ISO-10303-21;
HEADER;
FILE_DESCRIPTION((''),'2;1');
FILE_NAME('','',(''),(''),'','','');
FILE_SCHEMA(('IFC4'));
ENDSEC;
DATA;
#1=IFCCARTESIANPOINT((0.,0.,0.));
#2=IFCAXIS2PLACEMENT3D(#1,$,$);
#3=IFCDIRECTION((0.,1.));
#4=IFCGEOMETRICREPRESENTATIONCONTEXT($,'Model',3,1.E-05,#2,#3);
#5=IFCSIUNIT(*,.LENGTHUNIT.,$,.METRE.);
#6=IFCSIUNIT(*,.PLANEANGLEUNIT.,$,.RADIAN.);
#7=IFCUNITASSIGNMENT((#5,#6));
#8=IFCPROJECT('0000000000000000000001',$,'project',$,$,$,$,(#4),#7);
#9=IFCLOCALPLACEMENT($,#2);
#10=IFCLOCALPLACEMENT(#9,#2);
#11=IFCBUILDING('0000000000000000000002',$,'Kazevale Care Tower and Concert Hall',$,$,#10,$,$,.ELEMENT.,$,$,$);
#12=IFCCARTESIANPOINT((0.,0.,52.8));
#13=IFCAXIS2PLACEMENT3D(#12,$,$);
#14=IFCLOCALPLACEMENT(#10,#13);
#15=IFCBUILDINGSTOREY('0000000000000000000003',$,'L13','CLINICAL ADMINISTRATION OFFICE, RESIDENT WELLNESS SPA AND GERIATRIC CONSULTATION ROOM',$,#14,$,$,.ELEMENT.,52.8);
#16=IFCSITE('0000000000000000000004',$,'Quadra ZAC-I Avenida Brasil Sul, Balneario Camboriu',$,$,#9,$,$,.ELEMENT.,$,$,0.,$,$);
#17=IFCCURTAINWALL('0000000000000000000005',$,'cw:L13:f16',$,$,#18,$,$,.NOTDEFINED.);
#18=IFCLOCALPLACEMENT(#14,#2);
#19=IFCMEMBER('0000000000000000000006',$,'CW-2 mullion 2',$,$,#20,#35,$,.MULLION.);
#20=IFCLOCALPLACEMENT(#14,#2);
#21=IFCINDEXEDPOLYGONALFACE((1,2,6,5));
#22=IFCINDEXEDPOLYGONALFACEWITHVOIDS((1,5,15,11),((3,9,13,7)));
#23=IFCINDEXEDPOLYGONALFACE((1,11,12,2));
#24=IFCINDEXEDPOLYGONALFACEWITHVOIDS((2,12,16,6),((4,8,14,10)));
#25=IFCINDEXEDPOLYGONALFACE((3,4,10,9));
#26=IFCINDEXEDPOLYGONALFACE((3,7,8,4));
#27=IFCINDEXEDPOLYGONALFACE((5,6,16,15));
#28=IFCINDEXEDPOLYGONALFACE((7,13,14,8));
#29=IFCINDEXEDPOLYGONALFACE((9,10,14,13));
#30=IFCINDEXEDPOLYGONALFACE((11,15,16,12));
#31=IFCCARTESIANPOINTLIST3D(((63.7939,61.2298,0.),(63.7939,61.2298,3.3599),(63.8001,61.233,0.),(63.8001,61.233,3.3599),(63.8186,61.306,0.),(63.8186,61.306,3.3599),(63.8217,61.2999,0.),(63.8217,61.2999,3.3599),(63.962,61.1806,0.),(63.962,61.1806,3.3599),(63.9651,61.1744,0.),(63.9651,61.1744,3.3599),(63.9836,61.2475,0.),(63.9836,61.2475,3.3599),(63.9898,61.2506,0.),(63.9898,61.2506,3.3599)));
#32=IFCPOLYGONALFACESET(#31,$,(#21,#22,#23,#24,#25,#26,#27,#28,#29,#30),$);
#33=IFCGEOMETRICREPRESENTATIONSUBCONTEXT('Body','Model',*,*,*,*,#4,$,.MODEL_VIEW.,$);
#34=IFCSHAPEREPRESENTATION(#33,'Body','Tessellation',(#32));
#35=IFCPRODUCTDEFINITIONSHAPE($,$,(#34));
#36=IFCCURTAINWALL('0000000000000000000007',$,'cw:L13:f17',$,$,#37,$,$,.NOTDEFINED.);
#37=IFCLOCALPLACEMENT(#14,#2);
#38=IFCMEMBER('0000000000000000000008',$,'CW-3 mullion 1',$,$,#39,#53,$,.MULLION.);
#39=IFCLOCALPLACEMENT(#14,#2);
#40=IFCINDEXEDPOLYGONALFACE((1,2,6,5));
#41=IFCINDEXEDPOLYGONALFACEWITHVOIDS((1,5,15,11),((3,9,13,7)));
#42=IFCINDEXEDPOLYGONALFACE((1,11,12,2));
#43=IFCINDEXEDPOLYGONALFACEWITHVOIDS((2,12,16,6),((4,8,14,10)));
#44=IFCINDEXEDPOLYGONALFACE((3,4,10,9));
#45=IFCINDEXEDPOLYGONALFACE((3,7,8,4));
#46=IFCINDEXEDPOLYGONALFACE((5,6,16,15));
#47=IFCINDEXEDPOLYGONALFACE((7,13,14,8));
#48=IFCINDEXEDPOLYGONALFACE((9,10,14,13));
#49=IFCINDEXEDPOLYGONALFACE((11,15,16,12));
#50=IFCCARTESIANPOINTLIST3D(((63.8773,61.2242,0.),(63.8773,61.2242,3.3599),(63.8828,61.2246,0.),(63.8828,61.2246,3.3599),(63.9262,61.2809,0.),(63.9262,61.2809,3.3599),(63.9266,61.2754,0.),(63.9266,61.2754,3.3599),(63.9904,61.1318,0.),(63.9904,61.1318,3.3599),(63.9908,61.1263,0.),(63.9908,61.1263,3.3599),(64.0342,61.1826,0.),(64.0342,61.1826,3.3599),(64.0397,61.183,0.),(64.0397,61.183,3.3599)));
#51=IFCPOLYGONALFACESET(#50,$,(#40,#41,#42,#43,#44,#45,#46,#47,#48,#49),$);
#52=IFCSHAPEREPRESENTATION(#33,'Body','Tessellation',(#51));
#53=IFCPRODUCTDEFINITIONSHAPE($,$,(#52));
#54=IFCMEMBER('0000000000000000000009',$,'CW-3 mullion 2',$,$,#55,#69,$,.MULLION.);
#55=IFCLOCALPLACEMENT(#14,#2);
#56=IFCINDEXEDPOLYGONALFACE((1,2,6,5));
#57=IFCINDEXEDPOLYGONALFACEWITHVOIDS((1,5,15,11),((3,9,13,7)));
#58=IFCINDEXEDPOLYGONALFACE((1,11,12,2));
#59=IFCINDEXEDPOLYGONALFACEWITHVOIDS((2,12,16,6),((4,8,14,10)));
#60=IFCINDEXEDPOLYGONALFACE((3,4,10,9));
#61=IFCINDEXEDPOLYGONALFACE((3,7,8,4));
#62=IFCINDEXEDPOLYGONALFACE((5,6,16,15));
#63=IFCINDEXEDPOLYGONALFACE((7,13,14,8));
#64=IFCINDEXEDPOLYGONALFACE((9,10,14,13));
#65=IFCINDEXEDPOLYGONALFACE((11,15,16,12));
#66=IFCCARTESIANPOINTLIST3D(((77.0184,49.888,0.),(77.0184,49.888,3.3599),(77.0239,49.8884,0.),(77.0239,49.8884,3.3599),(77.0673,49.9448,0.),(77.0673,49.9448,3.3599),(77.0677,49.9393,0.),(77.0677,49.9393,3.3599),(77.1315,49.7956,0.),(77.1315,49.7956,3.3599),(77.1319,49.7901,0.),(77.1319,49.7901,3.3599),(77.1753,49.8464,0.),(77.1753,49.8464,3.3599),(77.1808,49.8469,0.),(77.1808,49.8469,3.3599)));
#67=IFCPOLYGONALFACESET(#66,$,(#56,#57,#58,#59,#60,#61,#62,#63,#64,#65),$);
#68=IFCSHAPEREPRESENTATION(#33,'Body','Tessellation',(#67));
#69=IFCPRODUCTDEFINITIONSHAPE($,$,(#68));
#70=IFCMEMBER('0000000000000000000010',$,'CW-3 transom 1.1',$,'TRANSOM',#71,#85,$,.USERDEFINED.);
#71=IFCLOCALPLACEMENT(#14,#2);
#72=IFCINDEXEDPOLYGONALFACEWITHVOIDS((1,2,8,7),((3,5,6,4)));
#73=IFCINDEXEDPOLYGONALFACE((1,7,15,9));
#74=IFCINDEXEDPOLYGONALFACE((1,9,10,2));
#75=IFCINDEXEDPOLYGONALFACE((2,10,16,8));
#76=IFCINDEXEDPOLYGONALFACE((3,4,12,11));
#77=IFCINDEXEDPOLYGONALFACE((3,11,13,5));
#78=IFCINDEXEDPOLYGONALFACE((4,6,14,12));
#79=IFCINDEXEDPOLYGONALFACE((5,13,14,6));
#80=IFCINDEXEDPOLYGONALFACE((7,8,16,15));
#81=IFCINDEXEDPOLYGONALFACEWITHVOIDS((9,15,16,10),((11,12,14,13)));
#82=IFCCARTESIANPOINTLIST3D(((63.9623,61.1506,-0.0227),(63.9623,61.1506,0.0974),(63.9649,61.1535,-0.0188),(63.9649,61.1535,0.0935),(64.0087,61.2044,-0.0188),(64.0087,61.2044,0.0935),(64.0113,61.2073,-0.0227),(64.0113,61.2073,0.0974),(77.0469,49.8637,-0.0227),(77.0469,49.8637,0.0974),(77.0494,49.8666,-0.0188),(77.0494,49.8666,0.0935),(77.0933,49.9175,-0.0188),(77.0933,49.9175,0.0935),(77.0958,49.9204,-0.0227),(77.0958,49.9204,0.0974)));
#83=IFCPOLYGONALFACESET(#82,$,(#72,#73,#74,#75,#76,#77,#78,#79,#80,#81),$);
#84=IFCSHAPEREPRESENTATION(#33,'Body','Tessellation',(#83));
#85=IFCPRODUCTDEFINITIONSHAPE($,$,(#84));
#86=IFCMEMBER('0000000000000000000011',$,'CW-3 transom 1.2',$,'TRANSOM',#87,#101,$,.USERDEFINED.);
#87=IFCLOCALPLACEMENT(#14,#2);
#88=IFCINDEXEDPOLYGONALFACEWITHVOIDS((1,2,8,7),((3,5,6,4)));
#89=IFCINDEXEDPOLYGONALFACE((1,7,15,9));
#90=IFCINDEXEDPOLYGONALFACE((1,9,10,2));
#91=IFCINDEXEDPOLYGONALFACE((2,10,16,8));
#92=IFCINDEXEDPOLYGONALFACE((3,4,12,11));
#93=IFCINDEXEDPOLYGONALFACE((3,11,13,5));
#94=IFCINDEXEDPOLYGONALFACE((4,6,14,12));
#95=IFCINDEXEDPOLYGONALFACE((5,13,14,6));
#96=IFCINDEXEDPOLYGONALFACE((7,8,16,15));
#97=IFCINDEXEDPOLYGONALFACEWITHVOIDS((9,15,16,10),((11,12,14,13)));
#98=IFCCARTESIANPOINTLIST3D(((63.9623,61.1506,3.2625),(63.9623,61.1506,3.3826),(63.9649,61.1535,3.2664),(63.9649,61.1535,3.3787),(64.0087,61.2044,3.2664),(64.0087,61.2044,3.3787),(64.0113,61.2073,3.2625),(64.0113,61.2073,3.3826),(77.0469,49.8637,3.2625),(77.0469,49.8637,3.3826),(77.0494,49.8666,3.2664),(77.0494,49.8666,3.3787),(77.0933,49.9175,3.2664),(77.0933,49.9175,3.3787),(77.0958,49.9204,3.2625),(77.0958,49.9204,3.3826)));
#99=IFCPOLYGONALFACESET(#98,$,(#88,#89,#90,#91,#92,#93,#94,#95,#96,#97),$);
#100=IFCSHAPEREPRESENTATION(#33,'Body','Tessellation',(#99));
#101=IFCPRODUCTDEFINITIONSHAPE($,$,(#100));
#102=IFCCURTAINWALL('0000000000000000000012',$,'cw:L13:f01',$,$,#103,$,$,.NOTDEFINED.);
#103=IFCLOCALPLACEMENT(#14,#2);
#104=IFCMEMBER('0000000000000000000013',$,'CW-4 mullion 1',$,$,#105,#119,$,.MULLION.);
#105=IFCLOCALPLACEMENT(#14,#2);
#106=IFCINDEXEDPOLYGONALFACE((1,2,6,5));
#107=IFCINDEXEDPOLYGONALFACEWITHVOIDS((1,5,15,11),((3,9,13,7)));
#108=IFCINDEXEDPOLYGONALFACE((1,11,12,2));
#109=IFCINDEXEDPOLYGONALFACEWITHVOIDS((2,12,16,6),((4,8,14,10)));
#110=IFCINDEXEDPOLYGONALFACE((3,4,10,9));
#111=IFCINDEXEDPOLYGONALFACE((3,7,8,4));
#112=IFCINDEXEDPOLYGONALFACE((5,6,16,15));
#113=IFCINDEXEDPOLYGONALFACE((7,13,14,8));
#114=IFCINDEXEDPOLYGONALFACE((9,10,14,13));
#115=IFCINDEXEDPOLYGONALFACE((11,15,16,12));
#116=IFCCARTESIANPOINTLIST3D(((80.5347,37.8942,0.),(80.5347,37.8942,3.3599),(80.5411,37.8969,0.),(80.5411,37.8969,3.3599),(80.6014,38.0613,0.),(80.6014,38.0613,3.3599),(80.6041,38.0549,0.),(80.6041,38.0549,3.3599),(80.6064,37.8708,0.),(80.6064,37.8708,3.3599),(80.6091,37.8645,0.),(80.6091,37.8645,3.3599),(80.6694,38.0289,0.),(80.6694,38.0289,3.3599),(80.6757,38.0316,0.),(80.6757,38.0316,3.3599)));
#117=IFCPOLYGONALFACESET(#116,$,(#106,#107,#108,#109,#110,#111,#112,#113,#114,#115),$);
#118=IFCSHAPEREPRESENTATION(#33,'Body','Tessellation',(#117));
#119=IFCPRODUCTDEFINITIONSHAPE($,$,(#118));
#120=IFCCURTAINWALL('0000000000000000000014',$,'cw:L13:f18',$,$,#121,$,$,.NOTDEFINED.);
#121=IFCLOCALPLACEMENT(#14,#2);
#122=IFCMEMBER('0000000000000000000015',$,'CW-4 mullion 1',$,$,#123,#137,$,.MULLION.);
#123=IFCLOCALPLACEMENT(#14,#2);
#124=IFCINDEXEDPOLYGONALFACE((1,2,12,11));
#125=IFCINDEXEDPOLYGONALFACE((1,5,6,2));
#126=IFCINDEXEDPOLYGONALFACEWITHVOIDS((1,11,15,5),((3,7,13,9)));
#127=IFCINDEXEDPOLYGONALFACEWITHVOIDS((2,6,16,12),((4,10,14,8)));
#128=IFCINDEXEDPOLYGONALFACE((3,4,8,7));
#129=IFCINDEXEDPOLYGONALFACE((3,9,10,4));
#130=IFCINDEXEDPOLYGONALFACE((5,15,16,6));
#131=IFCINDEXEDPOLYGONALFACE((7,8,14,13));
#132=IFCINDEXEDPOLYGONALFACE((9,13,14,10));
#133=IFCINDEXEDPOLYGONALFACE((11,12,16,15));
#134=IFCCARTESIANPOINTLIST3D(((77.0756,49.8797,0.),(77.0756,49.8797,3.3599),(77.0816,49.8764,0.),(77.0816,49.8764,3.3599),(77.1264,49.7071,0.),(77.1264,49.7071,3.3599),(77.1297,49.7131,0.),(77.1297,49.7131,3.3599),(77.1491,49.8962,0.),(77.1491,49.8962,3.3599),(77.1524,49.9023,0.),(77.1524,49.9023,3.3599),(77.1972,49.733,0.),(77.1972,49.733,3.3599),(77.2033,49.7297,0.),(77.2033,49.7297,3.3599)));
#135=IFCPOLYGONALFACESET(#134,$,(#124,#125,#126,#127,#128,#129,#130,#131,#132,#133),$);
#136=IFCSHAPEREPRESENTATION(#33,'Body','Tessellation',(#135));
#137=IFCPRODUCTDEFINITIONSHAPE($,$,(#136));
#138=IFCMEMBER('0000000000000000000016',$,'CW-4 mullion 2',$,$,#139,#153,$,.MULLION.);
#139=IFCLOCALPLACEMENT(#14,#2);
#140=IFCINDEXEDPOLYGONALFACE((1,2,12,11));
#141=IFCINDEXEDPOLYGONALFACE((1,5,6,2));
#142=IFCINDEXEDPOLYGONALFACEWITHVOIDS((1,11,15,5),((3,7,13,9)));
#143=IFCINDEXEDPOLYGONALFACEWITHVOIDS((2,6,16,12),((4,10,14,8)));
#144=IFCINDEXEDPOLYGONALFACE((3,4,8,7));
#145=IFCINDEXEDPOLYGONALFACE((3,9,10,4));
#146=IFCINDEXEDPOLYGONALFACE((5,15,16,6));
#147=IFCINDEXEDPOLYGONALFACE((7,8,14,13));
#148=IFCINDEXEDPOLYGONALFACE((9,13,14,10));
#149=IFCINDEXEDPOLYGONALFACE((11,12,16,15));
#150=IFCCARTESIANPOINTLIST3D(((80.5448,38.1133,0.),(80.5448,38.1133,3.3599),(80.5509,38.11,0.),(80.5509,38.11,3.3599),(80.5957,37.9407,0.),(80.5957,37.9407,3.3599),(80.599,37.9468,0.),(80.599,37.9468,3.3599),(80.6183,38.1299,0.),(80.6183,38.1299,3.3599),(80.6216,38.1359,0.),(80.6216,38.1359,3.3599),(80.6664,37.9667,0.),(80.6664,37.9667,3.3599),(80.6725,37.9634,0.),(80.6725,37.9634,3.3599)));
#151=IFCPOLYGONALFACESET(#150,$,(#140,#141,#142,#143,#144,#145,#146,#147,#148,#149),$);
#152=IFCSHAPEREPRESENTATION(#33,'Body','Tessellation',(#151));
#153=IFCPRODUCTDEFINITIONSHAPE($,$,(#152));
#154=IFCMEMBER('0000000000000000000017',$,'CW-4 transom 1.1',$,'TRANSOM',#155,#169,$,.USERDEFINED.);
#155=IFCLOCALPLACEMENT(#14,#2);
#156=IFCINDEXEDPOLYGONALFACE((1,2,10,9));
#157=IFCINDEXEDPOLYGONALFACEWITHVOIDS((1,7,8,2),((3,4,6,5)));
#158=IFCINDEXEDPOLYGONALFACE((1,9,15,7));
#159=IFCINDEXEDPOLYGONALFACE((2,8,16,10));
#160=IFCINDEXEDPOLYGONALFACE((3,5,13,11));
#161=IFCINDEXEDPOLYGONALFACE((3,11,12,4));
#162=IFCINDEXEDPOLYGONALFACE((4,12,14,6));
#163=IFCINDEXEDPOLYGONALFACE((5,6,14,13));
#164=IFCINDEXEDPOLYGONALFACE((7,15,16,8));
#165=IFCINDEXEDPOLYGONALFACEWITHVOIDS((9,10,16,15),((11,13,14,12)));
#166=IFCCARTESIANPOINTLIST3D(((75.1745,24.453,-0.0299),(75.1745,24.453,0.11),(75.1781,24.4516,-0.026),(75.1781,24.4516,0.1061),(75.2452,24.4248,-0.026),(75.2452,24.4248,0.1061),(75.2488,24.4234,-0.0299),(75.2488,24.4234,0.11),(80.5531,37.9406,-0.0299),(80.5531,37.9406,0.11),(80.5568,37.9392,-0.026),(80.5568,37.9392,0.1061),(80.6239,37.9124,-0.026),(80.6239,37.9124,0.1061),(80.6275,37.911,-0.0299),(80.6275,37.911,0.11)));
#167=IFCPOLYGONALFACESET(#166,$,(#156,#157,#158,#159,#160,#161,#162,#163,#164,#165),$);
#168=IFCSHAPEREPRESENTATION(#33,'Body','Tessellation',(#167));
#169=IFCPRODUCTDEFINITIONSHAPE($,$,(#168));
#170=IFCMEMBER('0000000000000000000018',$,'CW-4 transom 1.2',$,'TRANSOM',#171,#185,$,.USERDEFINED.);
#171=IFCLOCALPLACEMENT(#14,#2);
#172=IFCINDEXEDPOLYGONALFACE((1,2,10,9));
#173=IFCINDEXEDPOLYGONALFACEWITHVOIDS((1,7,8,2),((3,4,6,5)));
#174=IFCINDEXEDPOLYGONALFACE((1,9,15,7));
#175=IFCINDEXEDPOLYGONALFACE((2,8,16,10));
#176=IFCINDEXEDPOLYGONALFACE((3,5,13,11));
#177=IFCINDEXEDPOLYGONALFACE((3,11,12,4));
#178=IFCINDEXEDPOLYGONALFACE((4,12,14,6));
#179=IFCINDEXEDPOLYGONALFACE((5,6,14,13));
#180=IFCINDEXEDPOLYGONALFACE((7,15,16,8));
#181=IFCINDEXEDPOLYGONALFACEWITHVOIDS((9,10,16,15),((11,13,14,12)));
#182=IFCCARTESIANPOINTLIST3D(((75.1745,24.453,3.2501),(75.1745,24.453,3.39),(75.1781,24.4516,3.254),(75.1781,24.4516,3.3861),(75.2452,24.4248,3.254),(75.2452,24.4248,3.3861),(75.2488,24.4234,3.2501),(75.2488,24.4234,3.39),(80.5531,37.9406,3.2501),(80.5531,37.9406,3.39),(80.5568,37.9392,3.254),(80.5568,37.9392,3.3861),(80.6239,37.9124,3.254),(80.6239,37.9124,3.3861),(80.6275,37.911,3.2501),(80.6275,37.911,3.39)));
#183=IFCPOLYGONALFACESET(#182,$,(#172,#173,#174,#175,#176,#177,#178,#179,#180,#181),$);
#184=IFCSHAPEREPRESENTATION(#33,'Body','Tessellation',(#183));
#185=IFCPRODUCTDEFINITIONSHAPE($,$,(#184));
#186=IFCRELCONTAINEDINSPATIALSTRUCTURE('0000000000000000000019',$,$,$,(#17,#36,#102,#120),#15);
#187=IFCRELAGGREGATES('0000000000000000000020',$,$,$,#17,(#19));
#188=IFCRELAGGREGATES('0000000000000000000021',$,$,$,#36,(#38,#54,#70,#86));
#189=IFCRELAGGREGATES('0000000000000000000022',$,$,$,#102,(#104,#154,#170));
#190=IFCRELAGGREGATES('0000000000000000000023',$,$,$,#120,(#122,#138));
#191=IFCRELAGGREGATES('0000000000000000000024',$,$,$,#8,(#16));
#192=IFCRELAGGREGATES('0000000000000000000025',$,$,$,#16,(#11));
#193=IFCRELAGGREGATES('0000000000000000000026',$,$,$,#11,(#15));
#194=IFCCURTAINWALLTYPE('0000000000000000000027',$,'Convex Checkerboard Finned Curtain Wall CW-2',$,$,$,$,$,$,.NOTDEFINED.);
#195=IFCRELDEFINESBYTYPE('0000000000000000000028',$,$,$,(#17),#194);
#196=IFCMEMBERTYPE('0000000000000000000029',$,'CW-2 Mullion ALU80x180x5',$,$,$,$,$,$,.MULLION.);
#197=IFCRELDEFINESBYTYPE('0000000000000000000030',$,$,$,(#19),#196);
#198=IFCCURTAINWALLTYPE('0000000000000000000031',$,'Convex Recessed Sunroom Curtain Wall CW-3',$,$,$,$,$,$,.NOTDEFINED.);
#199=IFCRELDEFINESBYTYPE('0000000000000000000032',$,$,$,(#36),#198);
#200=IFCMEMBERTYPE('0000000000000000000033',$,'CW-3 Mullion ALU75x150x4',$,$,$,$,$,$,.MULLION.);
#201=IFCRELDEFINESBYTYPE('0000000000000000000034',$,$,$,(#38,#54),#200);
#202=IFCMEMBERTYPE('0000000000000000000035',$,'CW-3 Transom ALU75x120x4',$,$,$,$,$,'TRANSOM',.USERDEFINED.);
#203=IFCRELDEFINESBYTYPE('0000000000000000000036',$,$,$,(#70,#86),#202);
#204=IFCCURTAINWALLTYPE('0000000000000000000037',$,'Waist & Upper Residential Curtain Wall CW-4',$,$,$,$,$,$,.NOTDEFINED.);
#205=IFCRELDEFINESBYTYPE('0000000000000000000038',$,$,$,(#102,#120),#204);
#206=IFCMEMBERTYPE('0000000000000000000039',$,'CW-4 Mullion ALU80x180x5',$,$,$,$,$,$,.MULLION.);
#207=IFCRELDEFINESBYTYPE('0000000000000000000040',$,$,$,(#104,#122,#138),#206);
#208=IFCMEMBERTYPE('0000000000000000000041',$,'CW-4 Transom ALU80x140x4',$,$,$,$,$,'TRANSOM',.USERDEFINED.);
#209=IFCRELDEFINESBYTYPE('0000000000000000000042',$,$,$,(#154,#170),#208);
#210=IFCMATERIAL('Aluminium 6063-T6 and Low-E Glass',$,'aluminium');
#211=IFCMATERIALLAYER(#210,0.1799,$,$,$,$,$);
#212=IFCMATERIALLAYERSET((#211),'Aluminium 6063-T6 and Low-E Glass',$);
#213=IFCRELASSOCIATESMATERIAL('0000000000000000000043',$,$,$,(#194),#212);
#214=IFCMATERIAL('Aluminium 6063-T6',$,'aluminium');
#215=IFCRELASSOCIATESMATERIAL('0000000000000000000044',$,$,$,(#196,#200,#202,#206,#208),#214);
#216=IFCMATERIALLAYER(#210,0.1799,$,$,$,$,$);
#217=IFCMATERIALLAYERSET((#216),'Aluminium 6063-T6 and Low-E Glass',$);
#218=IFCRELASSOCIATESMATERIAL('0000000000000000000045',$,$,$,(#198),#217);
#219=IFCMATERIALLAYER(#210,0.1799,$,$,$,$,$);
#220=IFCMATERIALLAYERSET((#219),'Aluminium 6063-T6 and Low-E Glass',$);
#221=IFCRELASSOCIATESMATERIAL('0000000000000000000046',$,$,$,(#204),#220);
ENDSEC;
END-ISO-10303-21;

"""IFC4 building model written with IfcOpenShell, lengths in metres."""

from ifc_helpers import new_model, si_unit, direction, frame, origin, origin_2d, place, context, subcontext, project, spatial, hollow_rectangle, extrude, material, layer, layer_set, material_profile, profile_set, type_object, element, aggregate, save


model = new_model("IFC4")

# Units and contexts
model_context = context("Model", 3, precision=1e-05, world=origin(), true_north=direction((0.0, 1.0)))
body_context = subcontext(model_context, "Body", "Model", "MODEL_VIEW")
ifc_project = project(units=[si_unit("LENGTHUNIT", "METRE"), si_unit("PLANEANGLEUNIT", "RADIAN")], contexts=[model_context])

# Site, building, storey
site_placement = place(None, origin())
site = spatial("IfcSite", under=ifc_project, at=site_placement, Name="Quadra ZAC-I Avenida Brasil Sul, Balneario Camboriu", CompositionType="ELEMENT", RefElevation=0.0)
building_placement = place(site_placement, origin())
building = spatial("IfcBuilding", under=site, at=building_placement, Name="Kazevale Care Tower and Concert Hall", CompositionType="ELEMENT")
storey_placement = place(building_placement, frame((0.0, 0.0, 52.8)))
storey = spatial("IfcBuildingStorey", under=building, at=storey_placement, Name="L13", Description="CLINICAL ADMINISTRATION OFFICE, RESIDENT WELLNESS SPA AND GERIATRIC CONSULTATION ROOM", CompositionType="ELEMENT", Elevation=52.8)

# Curtain wall, member
ifc_material_1 = material(Name="Aluminium 6063-T6 and Low-E Glass", Category="aluminium")
ifc_layer_1 = layer(ifc_material_1, 0.1799)
ifc_layer_set_1 = layer_set([ifc_layer_1], Name="Aluminium 6063-T6 and Low-E Glass")
curtain_wall_type_1 = type_object("IfcCurtainWallType", Name="Convex Checkerboard Finned Curtain Wall CW-2", PredefinedType="NOTDEFINED", material=ifc_layer_set_1)
curtain_wall_1_placement = place(storey_placement, origin())
curtain_wall_1 = element("IfcCurtainWall", 1, at=curtain_wall_1_placement, inside=storey, type_object=curtain_wall_type_1, Name="cw:L13:f16", PredefinedType="NOTDEFINED")
ifc_material_2 = material(Name="Aluminium 6063-T6", Category="aluminium")
ifc_material_profile_1 = material_profile(ifc_material_2, hollow_rectangle(XDim=0.0801, YDim=0.1799, WallThickness=0.0049, at=origin_2d()), Name="ALU80x180x5")
ifc_profile_set_1 = profile_set([ifc_material_profile_1], Name="Aluminium 6063-T6")
member_type_1 = type_object("IfcMemberType", Name="CW-2 Mullion ALU80x180x5", PredefinedType="MULLION", material=ifc_profile_set_1)
member_1_placement = place(storey_placement, frame((63.8918, 61.2402, 0.0), z_axis=(0.0, 0.0, 1.0), x_axis=(0.307926, 0.95141, 0.0)))
member_1 = element("IfcMember", 2, at=member_1_placement, type_object=member_type_1, Name="CW-2 mullion 2", PredefinedType="MULLION", context=body_context, shape_type="SweptSolid", body=[
    extrude(hollow_rectangle(XDim=0.0801, YDim=0.1799, WallThickness=0.0049, at=origin_2d()), origin(), (0.0, 0.0, 1.0), 3.3599),
])

# Curtain wall, members
ifc_layer_2 = layer(ifc_material_1, 0.1799)
ifc_layer_set_2 = layer_set([ifc_layer_2], Name="Aluminium 6063-T6 and Low-E Glass")
curtain_wall_type_2 = type_object("IfcCurtainWallType", Name="Convex Recessed Sunroom Curtain Wall CW-3", PredefinedType="NOTDEFINED", material=ifc_layer_set_2)
curtain_wall_2_placement = place(storey_placement, origin())
curtain_wall_2 = element("IfcCurtainWall", 3, at=curtain_wall_2_placement, inside=storey, type_object=curtain_wall_type_2, Name="cw:L13:f17", PredefinedType="NOTDEFINED")
ifc_material_profile_2 = material_profile(ifc_material_2, hollow_rectangle(XDim=0.075, YDim=0.1499, WallThickness=0.0039, at=origin_2d()), Name="ALU75x150x4")
ifc_profile_set_2 = profile_set([ifc_material_profile_2], Name="Aluminium 6063-T6")
member_type_2 = type_object("IfcMemberType", Name="CW-3 Mullion ALU75x150x4", PredefinedType="MULLION", material=ifc_profile_set_2)
member_2_placement = place(storey_placement, frame((63.9585, 61.2036, 0.0), z_axis=(0.0, 0.0, 1.0), x_axis=(0.653184, 0.7572, 0.0)))
member_2 = element("IfcMember", 4, at=member_2_placement, type_object=member_type_2, Name="CW-3 mullion 1", PredefinedType="MULLION", context=body_context, shape_type="SweptSolid", body=[
    extrude(hollow_rectangle(XDim=0.075, YDim=0.1499, WallThickness=0.0039, at=origin_2d()), origin(), (0.0, 0.0, 1.0), 3.3599),
])
member_3_placement = place(storey_placement, frame((77.0996, 49.8674, 0.0), z_axis=(0.0, 0.0, 1.0), x_axis=(0.653184, 0.7572, 0.0)))
member_3 = element("IfcMember", 5, at=member_3_placement, type_object=member_type_2, Name="CW-3 mullion 2", PredefinedType="MULLION", context=body_context, shape_type="SweptSolid", body=[
    extrude(hollow_rectangle(XDim=0.075, YDim=0.1499, WallThickness=0.0039, at=origin_2d()), origin(), (0.0, 0.0, 1.0), 3.3599),
])
ifc_material_profile_3 = material_profile(ifc_material_2, hollow_rectangle(XDim=0.075, YDim=0.1201, WallThickness=0.0039, at=origin_2d()), Name="ALU75x120x4")
ifc_profile_set_3 = profile_set([ifc_material_profile_3], Name="Aluminium 6063-T6")
member_type_3 = type_object("IfcMemberType", Name="CW-3 Transom ALU75x120x4", ElementType="TRANSOM", PredefinedType="USERDEFINED", material=ifc_profile_set_3)
member_4_placement = place(storey_placement, frame((63.9868, 61.179, 0.0374), z_axis=(0.757205, -0.653177, 0.0), x_axis=(0.653177, 0.757205, 0.0)))
member_4 = element("IfcMember", 6, at=member_4_placement, type_object=member_type_3, Name="CW-3 transom 1.1", ObjectType="TRANSOM", PredefinedType="USERDEFINED", context=body_context, shape_type="SweptSolid", body=[
    extrude(hollow_rectangle(XDim=0.075, YDim=0.1201, WallThickness=0.0039, at=origin_2d()), origin(), (0.0, 0.0, 1.0), 17.28),
])
member_5_placement = place(storey_placement, frame((63.9868, 61.179, 3.3225), z_axis=(0.757205, -0.653177, 0.0), x_axis=(0.653177, 0.757205, 0.0)))
member_5 = element("IfcMember", 7, at=member_5_placement, type_object=member_type_3, Name="CW-3 transom 1.2", ObjectType="TRANSOM", PredefinedType="USERDEFINED", context=body_context, shape_type="SweptSolid", body=[
    extrude(hollow_rectangle(XDim=0.075, YDim=0.1201, WallThickness=0.0039, at=origin_2d()), origin(), (0.0, 0.0, 1.0), 17.28),
])

# Curtain wall, member
ifc_layer_3 = layer(ifc_material_1, 0.1799)
ifc_layer_set_3 = layer_set([ifc_layer_3], Name="Aluminium 6063-T6 and Low-E Glass")
curtain_wall_type_3 = type_object("IfcCurtainWallType", Name="Waist & Upper Residential Curtain Wall CW-4", PredefinedType="NOTDEFINED", material=ifc_layer_set_3)
curtain_wall_3_placement = place(storey_placement, origin())
curtain_wall_3 = element("IfcCurtainWall", 8, at=curtain_wall_3_placement, inside=storey, type_object=curtain_wall_type_3, Name="cw:L13:f01", PredefinedType="NOTDEFINED")
ifc_material_profile_4 = material_profile(ifc_material_2, hollow_rectangle(XDim=0.0801, YDim=0.1799, WallThickness=0.0049, at=origin_2d()), Name="ALU80x180x5")
ifc_profile_set_4 = profile_set([ifc_material_profile_4], Name="Aluminium 6063-T6")
member_type_4 = type_object("IfcMemberType", Name="CW-4 Mullion ALU80x180x5", PredefinedType="MULLION", material=ifc_profile_set_4)
member_6_placement = place(storey_placement, frame((80.6052, 37.9629, 0.0), z_axis=(0.0, 0.0, 1.0), x_axis=(0.928861, -0.370427, 0.0)))
member_6 = element("IfcMember", 9, at=member_6_placement, type_object=member_type_4, Name="CW-4 mullion 1", PredefinedType="MULLION", context=body_context, shape_type="SweptSolid", body=[
    extrude(hollow_rectangle(XDim=0.0801, YDim=0.1799, WallThickness=0.0049, at=origin_2d()), origin(), (0.0, 0.0, 1.0), 3.3599),
])

# Curtain wall, members
curtain_wall_4_placement = place(storey_placement, origin())
curtain_wall_4 = element("IfcCurtainWall", 10, at=curtain_wall_4_placement, inside=storey, type_object=curtain_wall_type_3, Name="cw:L13:f18", PredefinedType="NOTDEFINED")
member_7_placement = place(storey_placement, frame((77.1394, 49.8047, 0.0), z_axis=(0.0, 0.0, 1.0), x_axis=(0.959173, 0.28282, 0.0)))
member_7 = element("IfcMember", 11, at=member_7_placement, type_object=member_type_4, Name="CW-4 mullion 1", PredefinedType="MULLION", context=body_context, shape_type="SweptSolid", body=[
    extrude(hollow_rectangle(XDim=0.0801, YDim=0.1799, WallThickness=0.0049, at=origin_2d()), origin(), (0.0, 0.0, 1.0), 3.3599),
])
member_8_placement = place(storey_placement, frame((80.6086, 38.0383, 0.0), z_axis=(0.0, 0.0, 1.0), x_axis=(0.959173, 0.28282, 0.0)))
member_8 = element("IfcMember", 12, at=member_8_placement, type_object=member_type_4, Name="CW-4 mullion 2", PredefinedType="MULLION", context=body_context, shape_type="SweptSolid", body=[
    extrude(hollow_rectangle(XDim=0.0801, YDim=0.1799, WallThickness=0.0049, at=origin_2d()), origin(), (0.0, 0.0, 1.0), 3.3599),
])

# Members
ifc_material_profile_5 = material_profile(ifc_material_2, hollow_rectangle(XDim=0.0801, YDim=0.1399, WallThickness=0.0039, at=origin_2d()), Name="ALU80x140x4")
ifc_profile_set_5 = profile_set([ifc_material_profile_5], Name="Aluminium 6063-T6")
member_type_5 = type_object("IfcMemberType", Name="CW-4 Transom ALU80x140x4", ElementType="TRANSOM", PredefinedType="USERDEFINED", material=ifc_profile_set_5)
member_9_placement = place(storey_placement, frame((80.5903, 37.9258, 0.04), z_axis=(-0.370419, -0.928865, 0.0), x_axis=(0.928865, -0.370419, 0.0)))
member_9 = element("IfcMember", 13, at=member_9_placement, type_object=member_type_5, Name="CW-4 transom 1.1", ObjectType="TRANSOM", PredefinedType="USERDEFINED", context=body_context, shape_type="SweptSolid", body=[
    extrude(hollow_rectangle(XDim=0.0801, YDim=0.1399, WallThickness=0.0039, at=origin_2d()), origin(), (0.0, 0.0, 1.0), 14.5205),
])
member_10_placement = place(storey_placement, frame((80.5903, 37.9258, 3.3201), z_axis=(-0.370419, -0.928865, 0.0), x_axis=(0.928865, -0.370419, 0.0)))
member_10 = element("IfcMember", 14, at=member_10_placement, type_object=member_type_5, Name="CW-4 transom 1.2", ObjectType="TRANSOM", PredefinedType="USERDEFINED", context=body_context, shape_type="SweptSolid", body=[
    extrude(hollow_rectangle(XDim=0.0801, YDim=0.1399, WallThickness=0.0039, at=origin_2d()), origin(), (0.0, 0.0, 1.0), 14.5205),
])

aggregate(curtain_wall_1, [member_1])
aggregate(curtain_wall_2, [member_2, member_3, member_4, member_5])
aggregate(curtain_wall_3, [member_6, member_9, member_10])
aggregate(curtain_wall_4, [member_7, member_8])

save(model, "model.ifc")
